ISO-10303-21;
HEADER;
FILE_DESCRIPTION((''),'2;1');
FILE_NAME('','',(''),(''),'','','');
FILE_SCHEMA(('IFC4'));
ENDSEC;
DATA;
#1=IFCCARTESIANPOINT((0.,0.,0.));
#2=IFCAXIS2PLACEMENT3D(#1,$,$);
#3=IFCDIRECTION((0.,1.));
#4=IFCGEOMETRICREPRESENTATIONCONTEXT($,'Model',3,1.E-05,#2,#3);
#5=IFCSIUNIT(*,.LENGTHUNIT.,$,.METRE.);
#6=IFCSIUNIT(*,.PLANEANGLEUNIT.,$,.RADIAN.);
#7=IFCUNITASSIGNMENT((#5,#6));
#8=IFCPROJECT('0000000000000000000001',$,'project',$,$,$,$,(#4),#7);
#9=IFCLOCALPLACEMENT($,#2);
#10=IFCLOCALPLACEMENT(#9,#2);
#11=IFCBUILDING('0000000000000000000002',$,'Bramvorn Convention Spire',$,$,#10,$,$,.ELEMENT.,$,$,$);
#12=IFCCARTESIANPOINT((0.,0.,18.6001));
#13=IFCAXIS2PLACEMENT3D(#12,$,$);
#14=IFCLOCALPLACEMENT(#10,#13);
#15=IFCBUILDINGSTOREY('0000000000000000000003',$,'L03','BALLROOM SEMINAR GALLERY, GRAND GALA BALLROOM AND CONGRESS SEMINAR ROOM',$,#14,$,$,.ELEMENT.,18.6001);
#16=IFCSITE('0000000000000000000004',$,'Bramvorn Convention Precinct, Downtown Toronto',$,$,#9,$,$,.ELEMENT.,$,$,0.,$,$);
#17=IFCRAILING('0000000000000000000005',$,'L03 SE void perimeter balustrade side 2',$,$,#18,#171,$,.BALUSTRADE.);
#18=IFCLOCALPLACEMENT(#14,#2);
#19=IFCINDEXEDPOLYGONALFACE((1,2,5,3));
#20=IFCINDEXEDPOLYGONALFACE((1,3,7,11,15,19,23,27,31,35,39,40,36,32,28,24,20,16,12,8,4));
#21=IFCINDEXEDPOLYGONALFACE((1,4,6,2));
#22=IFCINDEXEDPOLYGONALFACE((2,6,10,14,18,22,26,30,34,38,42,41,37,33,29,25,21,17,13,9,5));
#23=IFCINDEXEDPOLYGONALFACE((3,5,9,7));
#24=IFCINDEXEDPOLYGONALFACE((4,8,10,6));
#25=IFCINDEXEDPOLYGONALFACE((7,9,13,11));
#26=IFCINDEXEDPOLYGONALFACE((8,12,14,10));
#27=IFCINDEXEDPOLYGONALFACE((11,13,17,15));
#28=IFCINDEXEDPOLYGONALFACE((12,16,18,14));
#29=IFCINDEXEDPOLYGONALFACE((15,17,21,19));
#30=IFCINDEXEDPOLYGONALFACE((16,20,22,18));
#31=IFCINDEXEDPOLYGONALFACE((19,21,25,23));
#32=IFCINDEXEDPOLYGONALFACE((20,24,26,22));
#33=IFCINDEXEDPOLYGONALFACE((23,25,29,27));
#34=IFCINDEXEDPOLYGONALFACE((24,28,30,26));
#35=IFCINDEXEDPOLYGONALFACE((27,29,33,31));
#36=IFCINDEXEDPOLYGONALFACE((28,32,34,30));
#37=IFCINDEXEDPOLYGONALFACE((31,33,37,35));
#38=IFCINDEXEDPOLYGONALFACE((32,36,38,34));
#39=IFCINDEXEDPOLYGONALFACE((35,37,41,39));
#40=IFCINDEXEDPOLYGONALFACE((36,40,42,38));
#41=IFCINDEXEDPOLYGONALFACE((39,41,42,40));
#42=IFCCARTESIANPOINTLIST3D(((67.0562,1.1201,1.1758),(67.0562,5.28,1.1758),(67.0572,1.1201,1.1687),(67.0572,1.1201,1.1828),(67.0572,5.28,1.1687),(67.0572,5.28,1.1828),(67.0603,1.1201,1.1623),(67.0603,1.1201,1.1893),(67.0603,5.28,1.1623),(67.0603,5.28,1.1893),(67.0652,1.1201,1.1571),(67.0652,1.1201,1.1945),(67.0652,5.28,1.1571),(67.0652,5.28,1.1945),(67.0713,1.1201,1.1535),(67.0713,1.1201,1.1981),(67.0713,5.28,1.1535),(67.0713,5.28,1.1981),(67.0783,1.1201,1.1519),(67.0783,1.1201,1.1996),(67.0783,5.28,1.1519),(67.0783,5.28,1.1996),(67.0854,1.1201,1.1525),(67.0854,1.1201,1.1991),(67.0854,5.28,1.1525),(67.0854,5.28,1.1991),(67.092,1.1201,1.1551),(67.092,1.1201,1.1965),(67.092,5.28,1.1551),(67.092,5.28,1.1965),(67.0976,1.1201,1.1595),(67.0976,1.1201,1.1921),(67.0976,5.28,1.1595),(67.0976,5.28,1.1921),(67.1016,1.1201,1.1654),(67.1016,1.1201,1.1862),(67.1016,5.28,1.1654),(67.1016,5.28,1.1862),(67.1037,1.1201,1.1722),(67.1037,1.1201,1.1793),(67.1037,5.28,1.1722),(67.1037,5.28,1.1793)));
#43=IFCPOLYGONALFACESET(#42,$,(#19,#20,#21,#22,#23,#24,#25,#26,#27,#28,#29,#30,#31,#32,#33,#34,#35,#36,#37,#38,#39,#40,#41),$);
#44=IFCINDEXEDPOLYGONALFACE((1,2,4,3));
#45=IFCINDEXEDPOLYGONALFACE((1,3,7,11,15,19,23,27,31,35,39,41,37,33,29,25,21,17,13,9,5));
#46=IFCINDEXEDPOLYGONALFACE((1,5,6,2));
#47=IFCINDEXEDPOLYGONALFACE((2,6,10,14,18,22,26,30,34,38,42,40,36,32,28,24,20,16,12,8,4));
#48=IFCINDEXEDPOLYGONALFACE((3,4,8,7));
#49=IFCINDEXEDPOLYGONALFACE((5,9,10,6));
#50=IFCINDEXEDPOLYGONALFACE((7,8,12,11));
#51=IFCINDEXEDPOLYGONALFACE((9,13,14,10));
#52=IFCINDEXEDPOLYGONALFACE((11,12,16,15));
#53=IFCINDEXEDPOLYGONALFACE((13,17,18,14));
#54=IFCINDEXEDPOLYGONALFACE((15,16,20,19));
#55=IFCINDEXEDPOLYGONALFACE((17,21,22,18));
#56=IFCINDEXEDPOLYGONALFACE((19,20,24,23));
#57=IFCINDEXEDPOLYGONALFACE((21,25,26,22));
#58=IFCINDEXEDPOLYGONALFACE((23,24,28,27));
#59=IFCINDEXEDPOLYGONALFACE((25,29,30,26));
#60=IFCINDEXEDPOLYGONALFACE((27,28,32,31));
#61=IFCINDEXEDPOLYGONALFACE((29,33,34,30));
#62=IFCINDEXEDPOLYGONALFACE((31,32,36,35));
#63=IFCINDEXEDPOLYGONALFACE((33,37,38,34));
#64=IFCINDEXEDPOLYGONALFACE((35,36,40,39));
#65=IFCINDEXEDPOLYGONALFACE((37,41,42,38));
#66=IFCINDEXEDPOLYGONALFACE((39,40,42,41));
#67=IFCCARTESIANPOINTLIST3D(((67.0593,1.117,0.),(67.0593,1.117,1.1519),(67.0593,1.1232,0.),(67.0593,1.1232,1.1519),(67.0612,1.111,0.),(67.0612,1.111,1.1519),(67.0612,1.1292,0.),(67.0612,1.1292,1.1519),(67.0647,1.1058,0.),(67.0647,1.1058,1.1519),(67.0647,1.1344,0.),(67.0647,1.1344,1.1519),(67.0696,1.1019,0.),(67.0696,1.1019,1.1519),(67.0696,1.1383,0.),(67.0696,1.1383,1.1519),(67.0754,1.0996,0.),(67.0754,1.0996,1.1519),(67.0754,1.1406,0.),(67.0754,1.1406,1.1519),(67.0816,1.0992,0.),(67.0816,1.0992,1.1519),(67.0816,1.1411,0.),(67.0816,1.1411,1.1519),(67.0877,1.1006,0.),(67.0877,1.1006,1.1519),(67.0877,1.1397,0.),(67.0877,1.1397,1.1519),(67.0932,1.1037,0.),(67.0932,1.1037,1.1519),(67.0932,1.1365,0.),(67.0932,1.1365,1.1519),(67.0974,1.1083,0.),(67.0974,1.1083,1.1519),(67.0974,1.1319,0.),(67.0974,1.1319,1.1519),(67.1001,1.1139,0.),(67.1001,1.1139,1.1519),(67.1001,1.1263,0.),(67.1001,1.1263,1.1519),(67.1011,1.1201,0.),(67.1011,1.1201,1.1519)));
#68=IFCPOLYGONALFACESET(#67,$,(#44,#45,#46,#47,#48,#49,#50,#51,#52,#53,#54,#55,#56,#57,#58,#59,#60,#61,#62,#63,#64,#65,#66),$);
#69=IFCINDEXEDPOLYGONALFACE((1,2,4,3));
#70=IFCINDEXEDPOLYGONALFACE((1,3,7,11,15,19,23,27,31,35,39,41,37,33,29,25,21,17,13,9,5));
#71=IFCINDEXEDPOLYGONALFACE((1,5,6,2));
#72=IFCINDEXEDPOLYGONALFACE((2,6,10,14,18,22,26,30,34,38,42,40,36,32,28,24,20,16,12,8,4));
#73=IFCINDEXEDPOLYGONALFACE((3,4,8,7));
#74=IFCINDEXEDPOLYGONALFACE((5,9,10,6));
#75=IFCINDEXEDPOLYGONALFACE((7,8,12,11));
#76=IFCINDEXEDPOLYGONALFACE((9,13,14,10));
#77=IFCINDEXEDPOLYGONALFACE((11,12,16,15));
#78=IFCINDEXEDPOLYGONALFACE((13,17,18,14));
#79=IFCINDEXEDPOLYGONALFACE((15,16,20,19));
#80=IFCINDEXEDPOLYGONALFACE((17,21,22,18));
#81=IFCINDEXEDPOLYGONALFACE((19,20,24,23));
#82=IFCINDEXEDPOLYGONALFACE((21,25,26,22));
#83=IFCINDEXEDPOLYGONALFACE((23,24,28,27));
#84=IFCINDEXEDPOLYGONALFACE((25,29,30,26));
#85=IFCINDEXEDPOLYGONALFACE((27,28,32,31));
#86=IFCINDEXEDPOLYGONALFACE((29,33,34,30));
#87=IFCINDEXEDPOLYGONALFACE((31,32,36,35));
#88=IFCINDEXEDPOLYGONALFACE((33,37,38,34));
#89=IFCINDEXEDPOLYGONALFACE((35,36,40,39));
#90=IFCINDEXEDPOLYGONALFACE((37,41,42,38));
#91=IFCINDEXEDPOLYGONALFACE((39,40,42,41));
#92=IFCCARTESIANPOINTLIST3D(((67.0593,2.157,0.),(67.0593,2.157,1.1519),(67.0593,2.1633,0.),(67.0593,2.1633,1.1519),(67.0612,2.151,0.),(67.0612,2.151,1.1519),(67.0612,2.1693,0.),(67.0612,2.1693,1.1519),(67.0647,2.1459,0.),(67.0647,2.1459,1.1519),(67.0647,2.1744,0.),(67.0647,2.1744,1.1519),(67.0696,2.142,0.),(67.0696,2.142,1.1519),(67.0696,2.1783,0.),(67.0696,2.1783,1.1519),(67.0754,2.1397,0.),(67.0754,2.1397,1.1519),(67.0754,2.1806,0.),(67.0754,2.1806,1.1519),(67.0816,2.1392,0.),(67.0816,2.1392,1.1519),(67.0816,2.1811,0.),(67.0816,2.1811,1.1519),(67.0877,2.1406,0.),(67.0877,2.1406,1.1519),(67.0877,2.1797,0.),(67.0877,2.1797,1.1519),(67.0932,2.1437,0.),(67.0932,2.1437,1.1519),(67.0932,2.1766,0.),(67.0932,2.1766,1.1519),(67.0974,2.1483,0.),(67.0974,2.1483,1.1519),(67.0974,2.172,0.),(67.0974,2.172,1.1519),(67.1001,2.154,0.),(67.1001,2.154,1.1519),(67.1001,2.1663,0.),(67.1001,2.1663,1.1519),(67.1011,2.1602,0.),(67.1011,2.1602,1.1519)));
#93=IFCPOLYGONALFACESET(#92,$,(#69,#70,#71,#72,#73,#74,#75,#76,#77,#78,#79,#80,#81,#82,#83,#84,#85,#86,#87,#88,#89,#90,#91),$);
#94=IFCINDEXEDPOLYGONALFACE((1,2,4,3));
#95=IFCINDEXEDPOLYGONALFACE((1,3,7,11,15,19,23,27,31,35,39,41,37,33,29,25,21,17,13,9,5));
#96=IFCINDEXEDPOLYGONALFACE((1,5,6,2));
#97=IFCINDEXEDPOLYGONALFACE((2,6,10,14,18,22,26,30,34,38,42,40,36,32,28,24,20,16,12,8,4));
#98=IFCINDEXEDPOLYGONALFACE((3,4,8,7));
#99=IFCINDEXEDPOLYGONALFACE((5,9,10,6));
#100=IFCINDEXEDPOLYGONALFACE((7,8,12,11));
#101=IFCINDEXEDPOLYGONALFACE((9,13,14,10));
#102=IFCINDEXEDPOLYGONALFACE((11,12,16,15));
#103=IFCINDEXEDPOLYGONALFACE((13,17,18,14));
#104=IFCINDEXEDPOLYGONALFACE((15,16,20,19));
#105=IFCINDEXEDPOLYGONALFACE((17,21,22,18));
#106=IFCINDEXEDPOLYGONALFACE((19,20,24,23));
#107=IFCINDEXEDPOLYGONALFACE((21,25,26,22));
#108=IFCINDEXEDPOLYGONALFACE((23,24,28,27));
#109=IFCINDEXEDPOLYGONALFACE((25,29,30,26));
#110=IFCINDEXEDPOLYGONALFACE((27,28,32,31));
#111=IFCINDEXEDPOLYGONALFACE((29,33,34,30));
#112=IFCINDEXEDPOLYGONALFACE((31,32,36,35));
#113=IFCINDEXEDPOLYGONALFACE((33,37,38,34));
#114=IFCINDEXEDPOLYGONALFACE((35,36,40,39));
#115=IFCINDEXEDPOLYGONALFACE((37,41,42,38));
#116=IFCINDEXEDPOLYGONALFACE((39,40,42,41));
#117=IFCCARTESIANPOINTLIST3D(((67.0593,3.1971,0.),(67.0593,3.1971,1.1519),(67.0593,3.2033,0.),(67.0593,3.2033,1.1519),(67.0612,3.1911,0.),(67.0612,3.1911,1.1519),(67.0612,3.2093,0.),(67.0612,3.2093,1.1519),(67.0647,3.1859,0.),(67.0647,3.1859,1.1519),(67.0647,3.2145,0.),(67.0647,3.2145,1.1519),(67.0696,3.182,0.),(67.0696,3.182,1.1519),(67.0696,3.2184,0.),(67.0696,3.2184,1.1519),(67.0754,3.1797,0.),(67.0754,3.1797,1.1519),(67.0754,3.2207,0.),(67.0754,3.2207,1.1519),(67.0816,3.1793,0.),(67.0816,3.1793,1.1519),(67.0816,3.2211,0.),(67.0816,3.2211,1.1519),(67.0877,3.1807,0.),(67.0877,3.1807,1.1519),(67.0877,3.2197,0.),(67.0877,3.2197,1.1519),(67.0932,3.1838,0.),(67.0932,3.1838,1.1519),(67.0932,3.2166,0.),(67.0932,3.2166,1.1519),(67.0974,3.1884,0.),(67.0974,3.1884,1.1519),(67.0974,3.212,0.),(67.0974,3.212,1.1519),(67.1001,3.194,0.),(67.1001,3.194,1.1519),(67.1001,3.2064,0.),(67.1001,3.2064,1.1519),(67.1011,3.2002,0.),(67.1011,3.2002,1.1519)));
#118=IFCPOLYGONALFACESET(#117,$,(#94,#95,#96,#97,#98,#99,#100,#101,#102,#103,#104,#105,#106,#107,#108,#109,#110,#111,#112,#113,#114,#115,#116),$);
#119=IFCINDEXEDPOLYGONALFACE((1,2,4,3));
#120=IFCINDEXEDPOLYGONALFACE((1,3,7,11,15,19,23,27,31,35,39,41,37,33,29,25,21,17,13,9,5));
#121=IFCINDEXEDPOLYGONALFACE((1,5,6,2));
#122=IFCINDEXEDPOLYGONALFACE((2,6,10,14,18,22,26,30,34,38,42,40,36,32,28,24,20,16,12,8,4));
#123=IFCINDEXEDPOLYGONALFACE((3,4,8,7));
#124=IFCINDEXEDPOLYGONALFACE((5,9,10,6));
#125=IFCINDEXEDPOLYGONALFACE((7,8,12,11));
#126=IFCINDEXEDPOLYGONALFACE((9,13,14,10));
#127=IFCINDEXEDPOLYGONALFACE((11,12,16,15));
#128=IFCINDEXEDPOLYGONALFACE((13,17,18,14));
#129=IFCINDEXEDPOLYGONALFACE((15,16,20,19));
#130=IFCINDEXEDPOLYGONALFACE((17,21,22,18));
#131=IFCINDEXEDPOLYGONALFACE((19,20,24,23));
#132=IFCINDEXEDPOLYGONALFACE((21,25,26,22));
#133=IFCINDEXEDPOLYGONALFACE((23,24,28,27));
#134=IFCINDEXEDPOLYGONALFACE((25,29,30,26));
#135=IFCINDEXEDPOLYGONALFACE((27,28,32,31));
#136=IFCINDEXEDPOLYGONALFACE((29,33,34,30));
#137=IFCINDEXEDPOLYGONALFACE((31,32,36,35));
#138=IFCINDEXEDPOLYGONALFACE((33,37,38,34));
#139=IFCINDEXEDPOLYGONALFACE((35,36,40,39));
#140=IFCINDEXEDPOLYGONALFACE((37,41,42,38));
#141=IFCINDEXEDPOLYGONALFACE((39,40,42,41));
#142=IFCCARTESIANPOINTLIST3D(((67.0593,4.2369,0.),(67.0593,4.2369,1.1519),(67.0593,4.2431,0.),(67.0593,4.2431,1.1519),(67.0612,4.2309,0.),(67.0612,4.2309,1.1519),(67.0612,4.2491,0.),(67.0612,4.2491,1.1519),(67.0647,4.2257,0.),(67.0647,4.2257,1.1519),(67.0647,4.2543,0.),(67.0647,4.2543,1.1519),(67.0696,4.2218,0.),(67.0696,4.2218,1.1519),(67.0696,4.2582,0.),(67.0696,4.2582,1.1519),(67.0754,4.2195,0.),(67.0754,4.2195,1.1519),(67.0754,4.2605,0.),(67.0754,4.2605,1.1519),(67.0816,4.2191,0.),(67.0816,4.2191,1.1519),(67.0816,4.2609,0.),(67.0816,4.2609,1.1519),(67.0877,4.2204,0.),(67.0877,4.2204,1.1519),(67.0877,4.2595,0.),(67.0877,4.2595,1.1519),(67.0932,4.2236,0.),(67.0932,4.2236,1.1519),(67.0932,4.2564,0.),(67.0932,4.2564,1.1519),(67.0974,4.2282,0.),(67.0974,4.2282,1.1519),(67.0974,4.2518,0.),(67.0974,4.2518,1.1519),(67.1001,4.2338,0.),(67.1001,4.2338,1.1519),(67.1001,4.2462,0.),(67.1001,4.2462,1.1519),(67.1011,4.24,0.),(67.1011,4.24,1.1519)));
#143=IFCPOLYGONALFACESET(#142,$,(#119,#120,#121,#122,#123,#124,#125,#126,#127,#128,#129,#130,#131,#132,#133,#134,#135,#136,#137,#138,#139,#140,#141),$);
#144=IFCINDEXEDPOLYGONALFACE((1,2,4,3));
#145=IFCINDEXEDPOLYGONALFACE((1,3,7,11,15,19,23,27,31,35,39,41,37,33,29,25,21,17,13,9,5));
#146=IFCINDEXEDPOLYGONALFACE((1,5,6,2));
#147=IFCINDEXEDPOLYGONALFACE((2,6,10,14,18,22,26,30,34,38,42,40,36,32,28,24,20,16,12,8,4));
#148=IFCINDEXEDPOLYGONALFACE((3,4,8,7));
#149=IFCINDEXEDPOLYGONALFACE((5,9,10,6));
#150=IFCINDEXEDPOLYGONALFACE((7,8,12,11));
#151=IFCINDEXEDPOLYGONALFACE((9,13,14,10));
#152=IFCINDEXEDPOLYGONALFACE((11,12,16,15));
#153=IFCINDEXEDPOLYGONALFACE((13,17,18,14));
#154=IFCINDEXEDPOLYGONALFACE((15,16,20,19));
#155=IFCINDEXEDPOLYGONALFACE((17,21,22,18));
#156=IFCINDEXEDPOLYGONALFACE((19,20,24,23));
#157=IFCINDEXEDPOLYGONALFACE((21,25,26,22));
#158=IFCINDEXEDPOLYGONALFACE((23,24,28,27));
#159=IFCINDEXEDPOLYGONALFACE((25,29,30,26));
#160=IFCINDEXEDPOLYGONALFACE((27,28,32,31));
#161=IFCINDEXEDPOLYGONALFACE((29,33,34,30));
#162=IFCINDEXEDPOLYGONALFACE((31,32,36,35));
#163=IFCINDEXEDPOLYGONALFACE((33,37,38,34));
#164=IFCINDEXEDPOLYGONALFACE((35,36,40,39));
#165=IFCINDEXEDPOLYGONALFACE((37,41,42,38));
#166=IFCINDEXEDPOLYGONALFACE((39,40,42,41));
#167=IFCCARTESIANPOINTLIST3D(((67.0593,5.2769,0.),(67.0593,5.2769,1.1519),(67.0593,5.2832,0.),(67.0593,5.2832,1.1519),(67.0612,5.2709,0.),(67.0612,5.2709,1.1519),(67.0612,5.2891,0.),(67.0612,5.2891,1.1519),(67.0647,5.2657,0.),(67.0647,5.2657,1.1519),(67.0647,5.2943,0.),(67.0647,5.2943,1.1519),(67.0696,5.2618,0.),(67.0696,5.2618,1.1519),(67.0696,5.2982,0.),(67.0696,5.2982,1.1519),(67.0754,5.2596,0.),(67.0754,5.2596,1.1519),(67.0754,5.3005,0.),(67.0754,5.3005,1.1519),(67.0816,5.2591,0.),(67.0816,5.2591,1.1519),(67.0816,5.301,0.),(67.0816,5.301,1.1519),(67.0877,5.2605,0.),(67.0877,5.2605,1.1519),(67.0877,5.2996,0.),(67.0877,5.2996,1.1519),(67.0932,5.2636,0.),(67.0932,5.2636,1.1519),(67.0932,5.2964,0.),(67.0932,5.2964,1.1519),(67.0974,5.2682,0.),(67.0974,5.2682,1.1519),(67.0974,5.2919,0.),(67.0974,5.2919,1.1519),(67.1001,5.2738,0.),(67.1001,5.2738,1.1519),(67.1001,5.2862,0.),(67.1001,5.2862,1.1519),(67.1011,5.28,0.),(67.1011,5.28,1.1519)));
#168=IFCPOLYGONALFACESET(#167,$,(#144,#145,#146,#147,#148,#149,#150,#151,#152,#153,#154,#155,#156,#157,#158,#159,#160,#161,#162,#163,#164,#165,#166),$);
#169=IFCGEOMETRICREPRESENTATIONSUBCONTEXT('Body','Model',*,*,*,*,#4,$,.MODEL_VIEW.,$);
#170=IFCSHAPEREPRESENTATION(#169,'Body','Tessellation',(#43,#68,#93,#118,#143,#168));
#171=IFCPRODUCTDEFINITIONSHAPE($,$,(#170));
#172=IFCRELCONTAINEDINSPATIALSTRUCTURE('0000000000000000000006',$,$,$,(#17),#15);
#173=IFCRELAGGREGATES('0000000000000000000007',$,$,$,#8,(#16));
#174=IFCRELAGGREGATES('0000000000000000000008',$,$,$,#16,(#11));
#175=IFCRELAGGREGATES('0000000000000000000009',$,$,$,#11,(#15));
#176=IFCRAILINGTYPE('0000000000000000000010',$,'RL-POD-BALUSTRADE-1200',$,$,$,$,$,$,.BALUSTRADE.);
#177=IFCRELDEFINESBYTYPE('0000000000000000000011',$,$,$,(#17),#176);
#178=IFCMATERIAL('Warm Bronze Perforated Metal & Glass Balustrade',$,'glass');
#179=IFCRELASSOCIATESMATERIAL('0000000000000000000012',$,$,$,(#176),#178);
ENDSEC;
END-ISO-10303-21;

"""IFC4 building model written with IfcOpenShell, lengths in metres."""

from ifc_helpers import new_model, si_unit, direction, frame, origin, origin_2d, place, context, subcontext, project, spatial, circle, extrude, material, type_object, element, save


model = new_model("IFC4")

# Units and contexts
model_context = context("Model", 3, precision=1e-05, world=origin(), true_north=direction((0.0, 1.0)))
body_context = subcontext(model_context, "Body", "Model", "MODEL_VIEW")
ifc_project = project(units=[si_unit("LENGTHUNIT", "METRE"), si_unit("PLANEANGLEUNIT", "RADIAN")], contexts=[model_context])

# Site, building, storey
site_placement = place(None, origin())
site = spatial("IfcSite", under=ifc_project, at=site_placement, Name="Bramvorn Convention Precinct, Downtown Toronto", CompositionType="ELEMENT", RefElevation=0.0)
building_placement = place(site_placement, origin())
building = spatial("IfcBuilding", under=site, at=building_placement, Name="Bramvorn Convention Spire", CompositionType="ELEMENT")
storey_placement = place(building_placement, frame((0.0, 0.0, 18.6001)))
storey = spatial("IfcBuildingStorey", under=building, at=storey_placement, Name="L03", Description="BALLROOM SEMINAR GALLERY, GRAND GALA BALLROOM AND CONGRESS SEMINAR ROOM", CompositionType="ELEMENT", Elevation=18.6001)

# Railing
ifc_material_1 = material(Name="Warm Bronze Perforated Metal & Glass Balustrade", Category="glass")
railing_type = type_object("IfcRailingType", Name="RL-POD-BALUSTRADE-1200", PredefinedType="BALUSTRADE", material=ifc_material_1)
railing_1_placement = place(storey_placement, frame((67.0801, 1.1201, 0.0)))
element("IfcRailing", 1, at=railing_1_placement, inside=storey, type_object=railing_type, Name="L03 SE void perimeter balustrade side 2", PredefinedType="BALUSTRADE", context=body_context, shape_type="SweptSolid", body=[
    extrude(circle(Radius=0.0239, at=origin_2d()), frame((0.0, 0.0, 1.1758), z_axis=(0.0, 1.0, 0.0), x_axis=(-1.0, 0.0, 0.0)), (0.0, 0.0, 1.0), 4.1599),
    extrude(circle(Radius=0.021, at=origin_2d()), origin(), (0.0, 0.0, 1.0), 1.1519),
    extrude(circle(Radius=0.021, at=origin_2d()), frame((0.0, 1.04, 0.0)), (0.0, 0.0, 1.0), 1.1519),
    extrude(circle(Radius=0.021, at=origin_2d()), frame((0.0, 2.0801, 0.0)), (0.0, 0.0, 1.0), 1.1519),
    extrude(circle(Radius=0.021, at=origin_2d()), frame((0.0, 3.1199, 0.0)), (0.0, 0.0, 1.0), 1.1519),
    extrude(circle(Radius=0.021, at=origin_2d()), frame((0.0, 4.1599, 0.0)), (0.0, 0.0, 1.0), 1.1519),
])

save(model, "model.ifc")
